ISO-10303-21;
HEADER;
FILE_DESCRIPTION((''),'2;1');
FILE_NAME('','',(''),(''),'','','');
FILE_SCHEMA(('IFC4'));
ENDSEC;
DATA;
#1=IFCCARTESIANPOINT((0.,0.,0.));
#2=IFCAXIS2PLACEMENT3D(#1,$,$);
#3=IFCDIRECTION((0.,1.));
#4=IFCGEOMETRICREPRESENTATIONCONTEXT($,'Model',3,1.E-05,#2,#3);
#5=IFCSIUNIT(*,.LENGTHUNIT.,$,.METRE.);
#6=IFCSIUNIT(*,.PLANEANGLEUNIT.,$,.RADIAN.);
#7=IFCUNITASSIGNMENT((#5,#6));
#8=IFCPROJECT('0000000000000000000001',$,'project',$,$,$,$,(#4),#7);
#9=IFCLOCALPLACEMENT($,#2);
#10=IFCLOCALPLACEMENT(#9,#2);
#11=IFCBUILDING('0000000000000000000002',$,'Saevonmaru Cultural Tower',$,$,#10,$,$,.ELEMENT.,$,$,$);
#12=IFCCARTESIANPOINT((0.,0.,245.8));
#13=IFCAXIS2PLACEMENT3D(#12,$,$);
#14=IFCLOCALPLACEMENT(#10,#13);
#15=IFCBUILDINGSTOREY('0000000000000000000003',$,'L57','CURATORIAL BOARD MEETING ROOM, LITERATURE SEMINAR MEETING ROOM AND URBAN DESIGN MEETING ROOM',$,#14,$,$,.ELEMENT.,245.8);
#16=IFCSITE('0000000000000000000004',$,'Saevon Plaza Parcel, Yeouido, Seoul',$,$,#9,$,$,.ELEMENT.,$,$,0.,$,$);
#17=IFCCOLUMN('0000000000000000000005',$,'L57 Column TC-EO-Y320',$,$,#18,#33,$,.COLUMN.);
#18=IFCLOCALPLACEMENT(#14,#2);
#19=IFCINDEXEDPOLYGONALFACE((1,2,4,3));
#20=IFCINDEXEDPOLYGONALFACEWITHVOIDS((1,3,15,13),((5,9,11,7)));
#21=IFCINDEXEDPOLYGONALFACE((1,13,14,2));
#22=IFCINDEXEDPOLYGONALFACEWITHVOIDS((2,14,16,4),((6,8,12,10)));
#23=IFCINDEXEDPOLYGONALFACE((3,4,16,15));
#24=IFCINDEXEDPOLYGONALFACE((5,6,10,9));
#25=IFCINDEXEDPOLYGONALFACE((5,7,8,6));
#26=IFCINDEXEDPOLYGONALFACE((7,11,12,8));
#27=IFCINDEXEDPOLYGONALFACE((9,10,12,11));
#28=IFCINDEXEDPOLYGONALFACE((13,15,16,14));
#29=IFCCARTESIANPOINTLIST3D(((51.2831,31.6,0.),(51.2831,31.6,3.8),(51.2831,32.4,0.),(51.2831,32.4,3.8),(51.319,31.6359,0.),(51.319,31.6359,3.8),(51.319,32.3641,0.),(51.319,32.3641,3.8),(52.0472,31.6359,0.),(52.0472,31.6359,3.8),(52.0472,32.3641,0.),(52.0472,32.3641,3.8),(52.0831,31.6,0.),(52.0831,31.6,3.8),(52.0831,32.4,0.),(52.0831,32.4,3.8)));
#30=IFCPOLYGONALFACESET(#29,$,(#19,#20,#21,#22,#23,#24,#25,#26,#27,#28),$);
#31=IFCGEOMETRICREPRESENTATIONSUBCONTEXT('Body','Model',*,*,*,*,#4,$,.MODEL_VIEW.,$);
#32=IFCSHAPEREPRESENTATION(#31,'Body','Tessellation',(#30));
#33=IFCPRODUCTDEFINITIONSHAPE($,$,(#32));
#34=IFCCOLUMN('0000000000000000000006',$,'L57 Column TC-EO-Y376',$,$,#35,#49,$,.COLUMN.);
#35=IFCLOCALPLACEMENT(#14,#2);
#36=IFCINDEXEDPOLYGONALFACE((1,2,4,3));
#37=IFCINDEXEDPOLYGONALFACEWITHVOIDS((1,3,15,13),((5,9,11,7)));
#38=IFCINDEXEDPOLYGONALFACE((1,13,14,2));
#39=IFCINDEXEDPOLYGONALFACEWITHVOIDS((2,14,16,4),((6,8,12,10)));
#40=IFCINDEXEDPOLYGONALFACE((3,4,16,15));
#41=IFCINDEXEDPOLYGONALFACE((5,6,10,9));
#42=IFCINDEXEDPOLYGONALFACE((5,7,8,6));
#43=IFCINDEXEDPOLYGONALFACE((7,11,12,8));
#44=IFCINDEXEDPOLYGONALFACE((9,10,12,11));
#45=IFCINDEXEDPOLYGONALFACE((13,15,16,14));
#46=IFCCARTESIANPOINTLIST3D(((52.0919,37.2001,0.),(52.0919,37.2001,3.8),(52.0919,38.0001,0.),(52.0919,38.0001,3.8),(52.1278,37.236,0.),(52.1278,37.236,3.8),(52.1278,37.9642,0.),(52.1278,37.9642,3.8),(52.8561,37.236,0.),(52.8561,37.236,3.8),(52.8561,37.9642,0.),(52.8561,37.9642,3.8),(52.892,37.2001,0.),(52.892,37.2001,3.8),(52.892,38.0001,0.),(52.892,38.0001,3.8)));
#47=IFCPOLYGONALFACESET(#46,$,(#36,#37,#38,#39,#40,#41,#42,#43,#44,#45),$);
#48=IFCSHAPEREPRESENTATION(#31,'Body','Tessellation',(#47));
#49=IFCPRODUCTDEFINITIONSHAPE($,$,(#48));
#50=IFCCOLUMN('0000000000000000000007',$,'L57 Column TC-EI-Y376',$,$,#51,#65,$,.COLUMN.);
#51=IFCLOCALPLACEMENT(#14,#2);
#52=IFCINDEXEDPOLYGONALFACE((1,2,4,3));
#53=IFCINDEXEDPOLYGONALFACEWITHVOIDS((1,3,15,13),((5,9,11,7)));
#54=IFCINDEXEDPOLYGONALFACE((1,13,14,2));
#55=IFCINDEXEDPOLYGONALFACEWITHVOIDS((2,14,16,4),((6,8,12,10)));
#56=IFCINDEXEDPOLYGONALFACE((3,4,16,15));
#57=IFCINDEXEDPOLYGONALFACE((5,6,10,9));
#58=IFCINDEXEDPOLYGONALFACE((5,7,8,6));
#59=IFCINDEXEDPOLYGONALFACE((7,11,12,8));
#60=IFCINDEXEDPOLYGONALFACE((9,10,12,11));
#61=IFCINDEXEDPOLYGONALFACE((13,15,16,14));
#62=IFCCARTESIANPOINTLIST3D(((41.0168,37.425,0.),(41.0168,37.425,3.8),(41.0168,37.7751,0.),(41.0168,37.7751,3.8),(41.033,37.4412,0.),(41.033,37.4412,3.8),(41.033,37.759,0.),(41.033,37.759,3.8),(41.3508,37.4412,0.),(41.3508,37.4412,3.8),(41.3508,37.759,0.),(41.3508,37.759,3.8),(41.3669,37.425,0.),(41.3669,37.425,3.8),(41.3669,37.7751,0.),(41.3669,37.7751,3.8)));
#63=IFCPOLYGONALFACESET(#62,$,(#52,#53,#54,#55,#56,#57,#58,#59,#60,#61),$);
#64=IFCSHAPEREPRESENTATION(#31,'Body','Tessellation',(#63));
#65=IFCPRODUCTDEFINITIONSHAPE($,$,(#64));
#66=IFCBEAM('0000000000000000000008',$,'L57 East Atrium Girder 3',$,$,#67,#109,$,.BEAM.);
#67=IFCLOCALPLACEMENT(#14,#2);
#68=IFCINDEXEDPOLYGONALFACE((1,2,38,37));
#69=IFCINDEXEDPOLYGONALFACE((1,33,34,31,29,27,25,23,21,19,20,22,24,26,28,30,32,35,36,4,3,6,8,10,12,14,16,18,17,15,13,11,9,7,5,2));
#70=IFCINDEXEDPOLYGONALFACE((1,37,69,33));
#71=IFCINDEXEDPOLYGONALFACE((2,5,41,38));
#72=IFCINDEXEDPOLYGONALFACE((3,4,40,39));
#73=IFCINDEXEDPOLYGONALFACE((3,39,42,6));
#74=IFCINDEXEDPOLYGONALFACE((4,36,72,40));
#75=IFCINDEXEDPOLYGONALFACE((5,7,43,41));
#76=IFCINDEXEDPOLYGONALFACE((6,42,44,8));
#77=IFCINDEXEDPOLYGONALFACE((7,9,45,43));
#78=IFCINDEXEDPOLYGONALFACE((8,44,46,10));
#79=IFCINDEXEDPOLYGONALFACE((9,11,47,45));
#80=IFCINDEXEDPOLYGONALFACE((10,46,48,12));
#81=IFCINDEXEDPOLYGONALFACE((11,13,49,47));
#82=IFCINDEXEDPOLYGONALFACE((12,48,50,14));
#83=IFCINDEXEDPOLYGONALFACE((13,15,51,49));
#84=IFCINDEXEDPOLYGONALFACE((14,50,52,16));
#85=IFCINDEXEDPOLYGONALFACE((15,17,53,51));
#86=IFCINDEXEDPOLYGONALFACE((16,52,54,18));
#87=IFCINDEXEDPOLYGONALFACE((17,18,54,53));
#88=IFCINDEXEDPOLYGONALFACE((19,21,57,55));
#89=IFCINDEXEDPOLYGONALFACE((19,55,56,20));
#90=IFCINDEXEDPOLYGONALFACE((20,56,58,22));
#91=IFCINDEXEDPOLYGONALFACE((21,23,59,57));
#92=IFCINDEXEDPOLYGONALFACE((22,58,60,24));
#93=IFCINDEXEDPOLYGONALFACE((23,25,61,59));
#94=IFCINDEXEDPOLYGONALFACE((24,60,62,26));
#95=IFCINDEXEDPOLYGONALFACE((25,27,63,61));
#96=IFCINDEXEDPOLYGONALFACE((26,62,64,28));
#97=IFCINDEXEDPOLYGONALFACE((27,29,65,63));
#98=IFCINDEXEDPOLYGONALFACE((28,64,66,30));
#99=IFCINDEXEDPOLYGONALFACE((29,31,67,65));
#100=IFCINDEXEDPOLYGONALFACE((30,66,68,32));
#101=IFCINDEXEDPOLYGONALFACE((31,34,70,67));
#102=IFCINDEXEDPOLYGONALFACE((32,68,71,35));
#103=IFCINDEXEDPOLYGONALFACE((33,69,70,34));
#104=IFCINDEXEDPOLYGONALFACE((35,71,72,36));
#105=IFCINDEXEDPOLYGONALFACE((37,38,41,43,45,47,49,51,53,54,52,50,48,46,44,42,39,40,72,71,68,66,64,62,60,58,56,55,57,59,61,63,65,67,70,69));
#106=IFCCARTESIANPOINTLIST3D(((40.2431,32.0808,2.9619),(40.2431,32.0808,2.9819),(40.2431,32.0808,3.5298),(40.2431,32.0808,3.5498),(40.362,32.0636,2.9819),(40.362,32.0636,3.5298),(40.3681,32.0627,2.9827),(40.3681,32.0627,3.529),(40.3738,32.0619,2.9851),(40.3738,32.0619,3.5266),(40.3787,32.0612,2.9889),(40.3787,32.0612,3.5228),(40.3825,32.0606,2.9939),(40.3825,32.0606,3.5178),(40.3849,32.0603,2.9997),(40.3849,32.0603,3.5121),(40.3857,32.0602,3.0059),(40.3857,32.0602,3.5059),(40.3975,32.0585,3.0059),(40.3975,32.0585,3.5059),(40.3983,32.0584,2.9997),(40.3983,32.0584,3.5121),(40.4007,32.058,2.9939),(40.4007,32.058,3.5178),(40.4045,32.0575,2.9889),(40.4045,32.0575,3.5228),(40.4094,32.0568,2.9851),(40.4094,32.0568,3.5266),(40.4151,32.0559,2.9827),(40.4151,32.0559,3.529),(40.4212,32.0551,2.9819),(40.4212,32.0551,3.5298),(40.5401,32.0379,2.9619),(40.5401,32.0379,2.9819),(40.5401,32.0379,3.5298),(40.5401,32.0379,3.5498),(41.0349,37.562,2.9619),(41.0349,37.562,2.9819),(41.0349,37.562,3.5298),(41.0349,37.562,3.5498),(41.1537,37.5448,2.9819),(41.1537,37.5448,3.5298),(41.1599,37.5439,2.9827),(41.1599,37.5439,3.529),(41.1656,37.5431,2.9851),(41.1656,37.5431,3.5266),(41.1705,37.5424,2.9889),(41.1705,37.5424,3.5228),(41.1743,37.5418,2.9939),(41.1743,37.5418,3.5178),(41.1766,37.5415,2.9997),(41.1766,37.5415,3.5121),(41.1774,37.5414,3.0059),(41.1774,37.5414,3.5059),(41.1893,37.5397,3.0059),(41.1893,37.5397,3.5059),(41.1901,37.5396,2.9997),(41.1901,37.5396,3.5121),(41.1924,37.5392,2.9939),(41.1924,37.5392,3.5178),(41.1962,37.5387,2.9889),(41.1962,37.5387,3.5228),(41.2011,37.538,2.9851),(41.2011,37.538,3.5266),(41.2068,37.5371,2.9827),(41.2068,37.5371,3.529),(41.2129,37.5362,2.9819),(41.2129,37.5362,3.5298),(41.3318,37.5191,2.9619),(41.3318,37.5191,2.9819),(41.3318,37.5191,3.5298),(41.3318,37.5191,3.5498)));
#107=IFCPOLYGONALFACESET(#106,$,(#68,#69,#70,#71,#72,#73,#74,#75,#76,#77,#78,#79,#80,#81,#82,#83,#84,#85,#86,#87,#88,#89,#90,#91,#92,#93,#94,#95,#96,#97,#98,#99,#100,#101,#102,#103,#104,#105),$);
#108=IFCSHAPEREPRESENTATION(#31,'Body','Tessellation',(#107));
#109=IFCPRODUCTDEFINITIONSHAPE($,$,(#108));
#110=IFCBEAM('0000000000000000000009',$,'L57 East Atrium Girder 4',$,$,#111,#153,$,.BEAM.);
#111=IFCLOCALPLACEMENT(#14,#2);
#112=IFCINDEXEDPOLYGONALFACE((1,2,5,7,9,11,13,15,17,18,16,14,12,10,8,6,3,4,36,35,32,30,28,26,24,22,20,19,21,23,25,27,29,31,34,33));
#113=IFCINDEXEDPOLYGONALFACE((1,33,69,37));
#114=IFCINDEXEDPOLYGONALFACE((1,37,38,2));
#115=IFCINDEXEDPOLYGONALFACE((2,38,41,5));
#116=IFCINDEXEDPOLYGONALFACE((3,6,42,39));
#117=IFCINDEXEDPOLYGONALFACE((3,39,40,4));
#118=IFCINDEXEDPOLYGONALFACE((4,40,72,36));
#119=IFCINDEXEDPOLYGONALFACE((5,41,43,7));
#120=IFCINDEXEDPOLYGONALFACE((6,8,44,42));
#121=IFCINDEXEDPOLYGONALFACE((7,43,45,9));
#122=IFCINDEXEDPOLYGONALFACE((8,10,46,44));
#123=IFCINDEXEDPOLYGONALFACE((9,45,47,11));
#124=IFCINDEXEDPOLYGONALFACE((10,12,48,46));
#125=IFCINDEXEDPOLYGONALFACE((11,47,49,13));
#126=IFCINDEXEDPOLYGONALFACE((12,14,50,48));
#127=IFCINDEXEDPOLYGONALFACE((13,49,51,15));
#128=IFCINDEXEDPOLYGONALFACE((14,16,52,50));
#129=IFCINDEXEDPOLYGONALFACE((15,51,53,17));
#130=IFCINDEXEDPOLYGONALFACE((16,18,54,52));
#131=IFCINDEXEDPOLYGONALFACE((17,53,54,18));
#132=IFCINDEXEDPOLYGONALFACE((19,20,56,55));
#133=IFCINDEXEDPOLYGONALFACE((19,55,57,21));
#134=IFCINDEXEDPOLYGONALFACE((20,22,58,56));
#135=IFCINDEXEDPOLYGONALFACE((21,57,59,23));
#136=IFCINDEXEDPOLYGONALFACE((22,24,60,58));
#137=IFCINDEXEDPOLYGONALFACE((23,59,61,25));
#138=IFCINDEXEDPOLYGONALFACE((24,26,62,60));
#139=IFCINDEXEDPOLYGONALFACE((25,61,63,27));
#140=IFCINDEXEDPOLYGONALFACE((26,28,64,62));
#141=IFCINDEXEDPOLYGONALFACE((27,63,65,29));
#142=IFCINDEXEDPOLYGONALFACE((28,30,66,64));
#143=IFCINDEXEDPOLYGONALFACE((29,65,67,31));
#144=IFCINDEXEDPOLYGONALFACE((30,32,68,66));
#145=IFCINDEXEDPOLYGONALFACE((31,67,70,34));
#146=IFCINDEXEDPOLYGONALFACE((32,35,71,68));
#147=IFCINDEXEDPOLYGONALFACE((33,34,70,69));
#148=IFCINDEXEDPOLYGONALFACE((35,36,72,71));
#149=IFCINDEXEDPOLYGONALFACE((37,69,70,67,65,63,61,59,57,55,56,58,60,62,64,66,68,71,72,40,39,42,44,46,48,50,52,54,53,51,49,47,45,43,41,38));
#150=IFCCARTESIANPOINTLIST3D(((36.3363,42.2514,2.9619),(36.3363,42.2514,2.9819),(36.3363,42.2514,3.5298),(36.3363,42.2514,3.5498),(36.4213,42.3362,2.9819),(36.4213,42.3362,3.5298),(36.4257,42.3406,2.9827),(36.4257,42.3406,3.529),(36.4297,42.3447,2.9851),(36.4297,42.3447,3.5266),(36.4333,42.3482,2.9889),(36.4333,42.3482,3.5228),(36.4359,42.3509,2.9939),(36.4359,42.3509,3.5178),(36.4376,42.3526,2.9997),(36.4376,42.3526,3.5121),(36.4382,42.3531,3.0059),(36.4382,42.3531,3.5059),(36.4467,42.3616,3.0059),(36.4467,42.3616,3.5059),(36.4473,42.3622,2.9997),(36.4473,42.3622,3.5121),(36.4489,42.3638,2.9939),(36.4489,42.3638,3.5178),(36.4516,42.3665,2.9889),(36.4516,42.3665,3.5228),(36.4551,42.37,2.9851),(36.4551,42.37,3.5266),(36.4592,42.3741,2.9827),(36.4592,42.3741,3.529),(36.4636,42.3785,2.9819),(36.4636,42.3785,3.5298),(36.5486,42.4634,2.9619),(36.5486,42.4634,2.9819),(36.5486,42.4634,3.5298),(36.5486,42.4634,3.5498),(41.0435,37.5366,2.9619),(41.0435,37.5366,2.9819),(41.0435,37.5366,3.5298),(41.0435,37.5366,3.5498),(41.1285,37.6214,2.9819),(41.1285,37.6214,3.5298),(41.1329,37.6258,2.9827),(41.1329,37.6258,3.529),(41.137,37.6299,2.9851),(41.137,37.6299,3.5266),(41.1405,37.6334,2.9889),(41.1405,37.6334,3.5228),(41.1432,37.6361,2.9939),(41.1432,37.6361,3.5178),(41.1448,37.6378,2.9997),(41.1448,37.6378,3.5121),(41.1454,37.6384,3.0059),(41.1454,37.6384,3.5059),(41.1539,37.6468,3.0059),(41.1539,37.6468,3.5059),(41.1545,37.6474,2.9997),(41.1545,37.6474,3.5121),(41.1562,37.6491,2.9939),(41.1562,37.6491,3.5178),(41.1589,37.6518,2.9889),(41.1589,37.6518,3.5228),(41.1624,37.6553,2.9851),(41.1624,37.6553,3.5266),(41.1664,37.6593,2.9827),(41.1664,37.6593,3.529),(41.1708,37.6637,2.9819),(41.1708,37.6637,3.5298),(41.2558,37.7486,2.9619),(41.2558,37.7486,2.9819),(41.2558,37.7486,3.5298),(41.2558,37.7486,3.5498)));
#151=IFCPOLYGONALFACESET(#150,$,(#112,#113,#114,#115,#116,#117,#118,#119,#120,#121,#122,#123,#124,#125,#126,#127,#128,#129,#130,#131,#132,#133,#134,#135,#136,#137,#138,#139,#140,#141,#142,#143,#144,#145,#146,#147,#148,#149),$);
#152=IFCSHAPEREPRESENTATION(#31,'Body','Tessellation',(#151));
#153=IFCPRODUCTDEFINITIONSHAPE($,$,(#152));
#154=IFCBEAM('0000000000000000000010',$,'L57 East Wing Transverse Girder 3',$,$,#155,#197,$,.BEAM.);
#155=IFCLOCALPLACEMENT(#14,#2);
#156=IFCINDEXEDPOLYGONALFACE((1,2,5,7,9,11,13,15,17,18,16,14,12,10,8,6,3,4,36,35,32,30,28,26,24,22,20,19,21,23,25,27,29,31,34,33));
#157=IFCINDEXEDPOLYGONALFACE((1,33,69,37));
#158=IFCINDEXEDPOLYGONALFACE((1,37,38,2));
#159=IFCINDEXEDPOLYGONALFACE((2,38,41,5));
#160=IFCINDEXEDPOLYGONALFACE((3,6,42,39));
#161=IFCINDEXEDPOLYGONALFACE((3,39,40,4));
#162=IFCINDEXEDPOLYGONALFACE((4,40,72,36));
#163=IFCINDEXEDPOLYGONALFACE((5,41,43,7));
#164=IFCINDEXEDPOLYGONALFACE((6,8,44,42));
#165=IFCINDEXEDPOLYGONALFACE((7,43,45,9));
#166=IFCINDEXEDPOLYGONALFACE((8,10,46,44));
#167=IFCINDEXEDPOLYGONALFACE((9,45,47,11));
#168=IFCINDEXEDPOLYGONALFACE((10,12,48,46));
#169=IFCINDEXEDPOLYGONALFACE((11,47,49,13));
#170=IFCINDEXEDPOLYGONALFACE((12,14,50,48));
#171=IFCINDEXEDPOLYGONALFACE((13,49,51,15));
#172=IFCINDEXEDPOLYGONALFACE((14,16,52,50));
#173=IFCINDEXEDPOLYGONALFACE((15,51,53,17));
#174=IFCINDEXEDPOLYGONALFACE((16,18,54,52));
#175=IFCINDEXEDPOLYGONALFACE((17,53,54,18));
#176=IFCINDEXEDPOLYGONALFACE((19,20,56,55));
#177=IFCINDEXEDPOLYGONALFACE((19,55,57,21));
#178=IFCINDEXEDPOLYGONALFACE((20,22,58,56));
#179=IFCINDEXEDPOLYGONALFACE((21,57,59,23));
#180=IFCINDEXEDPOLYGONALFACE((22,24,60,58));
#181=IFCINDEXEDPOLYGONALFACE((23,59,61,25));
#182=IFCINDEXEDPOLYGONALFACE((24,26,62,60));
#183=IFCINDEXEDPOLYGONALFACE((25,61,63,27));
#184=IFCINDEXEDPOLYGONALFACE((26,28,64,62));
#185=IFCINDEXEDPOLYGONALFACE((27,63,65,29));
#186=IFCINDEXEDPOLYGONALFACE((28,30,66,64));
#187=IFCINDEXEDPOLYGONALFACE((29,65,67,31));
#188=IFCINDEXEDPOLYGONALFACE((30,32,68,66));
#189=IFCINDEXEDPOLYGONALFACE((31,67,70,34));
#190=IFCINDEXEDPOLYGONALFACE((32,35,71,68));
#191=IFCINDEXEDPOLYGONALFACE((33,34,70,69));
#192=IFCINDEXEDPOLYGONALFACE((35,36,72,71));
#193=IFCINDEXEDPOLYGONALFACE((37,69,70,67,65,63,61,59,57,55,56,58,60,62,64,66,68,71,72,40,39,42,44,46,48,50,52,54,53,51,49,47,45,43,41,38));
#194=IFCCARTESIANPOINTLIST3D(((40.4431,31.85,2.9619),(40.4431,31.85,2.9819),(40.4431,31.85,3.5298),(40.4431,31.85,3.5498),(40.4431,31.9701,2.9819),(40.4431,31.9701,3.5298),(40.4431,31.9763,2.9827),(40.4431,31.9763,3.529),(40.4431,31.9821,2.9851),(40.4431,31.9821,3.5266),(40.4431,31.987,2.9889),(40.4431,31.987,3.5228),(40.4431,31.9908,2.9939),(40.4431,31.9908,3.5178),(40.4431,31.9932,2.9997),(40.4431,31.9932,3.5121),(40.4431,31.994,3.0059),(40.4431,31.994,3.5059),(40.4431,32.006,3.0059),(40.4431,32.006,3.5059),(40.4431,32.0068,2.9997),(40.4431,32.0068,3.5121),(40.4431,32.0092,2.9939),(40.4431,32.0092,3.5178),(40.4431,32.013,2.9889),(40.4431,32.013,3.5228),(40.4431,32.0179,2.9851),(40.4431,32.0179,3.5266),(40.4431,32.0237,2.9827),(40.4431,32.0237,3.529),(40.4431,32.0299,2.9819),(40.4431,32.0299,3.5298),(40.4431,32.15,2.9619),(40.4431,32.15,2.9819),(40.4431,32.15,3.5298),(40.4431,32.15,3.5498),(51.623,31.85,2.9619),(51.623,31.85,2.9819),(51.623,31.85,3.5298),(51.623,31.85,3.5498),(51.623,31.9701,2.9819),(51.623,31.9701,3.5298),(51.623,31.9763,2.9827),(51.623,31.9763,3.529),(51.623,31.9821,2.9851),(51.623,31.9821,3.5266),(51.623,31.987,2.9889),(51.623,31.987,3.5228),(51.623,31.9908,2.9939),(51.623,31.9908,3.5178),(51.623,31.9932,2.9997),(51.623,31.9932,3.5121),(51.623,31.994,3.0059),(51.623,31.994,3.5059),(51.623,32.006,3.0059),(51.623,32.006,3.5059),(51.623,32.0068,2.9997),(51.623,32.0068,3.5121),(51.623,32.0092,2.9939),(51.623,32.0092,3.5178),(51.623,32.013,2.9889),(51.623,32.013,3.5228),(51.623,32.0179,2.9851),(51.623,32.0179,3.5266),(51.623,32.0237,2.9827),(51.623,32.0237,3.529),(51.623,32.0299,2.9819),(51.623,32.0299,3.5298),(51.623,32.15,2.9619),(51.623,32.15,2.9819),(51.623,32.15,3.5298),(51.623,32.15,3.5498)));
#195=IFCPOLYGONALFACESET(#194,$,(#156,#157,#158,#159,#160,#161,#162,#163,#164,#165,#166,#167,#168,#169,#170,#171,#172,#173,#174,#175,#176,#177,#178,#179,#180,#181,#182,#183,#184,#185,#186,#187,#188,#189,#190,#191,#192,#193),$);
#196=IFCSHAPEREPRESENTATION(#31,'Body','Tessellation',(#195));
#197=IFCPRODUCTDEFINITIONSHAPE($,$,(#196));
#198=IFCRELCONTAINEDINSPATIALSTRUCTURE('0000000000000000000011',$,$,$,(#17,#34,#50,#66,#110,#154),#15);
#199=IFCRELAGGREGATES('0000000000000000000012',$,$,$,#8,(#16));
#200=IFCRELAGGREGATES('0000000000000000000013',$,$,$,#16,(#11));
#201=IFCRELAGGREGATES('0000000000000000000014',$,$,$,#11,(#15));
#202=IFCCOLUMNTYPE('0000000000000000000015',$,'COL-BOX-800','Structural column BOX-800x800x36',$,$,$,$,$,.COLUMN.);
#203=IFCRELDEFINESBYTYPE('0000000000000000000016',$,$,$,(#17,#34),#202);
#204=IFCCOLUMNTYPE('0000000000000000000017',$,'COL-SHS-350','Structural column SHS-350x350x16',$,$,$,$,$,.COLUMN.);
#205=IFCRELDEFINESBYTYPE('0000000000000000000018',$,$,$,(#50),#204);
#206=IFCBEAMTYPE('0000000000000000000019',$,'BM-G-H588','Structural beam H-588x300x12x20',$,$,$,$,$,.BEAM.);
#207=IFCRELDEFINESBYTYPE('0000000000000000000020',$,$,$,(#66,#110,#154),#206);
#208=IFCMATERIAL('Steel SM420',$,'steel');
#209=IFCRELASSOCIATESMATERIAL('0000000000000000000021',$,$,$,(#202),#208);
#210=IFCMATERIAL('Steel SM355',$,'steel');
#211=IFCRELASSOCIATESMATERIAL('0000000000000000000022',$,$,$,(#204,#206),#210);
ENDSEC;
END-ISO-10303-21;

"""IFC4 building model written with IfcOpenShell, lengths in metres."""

from ifc_helpers import new_model, si_unit, direction, frame, origin, origin_2d, place, context, subcontext, project, spatial, hollow_rectangle, i_section, extrude, material, material_profile, profile_set, type_object, element, save


model = new_model("IFC4")

# Units and contexts
model_context = context("Model", 3, precision=1e-05, world=origin(), true_north=direction((0.0, 1.0)))
body_context = subcontext(model_context, "Body", "Model", "MODEL_VIEW")
ifc_project = project(units=[si_unit("LENGTHUNIT", "METRE"), si_unit("PLANEANGLEUNIT", "RADIAN")], contexts=[model_context])

# Site, building, storey
site_placement = place(None, origin())
site = spatial("IfcSite", under=ifc_project, at=site_placement, Name="Saevon Plaza Parcel, Yeouido, Seoul", CompositionType="ELEMENT", RefElevation=0.0)
building_placement = place(site_placement, origin())
building = spatial("IfcBuilding", under=site, at=building_placement, Name="Saevonmaru Cultural Tower", CompositionType="ELEMENT")
storey_placement = place(building_placement, frame((0.0, 0.0, 245.8)))
storey = spatial("IfcBuildingStorey", under=building, at=storey_placement, Name="L57", Description="CURATORIAL BOARD MEETING ROOM, LITERATURE SEMINAR MEETING ROOM AND URBAN DESIGN MEETING ROOM", CompositionType="ELEMENT", Elevation=245.8)

# Columns
ifc_material_1 = material(Name="Steel SM420", Category="steel")
ifc_material_profile_1 = material_profile(ifc_material_1, hollow_rectangle(XDim=0.8, YDim=0.8, WallThickness=0.0359, at=origin_2d()), Name="BOX-800x800x36")
ifc_profile_set_1 = profile_set([ifc_material_profile_1], Name="Steel SM420")
column_type_1 = type_object("IfcColumnType", Name="COL-BOX-800", Description="Structural column BOX-800x800x36", PredefinedType="COLUMN", material=ifc_profile_set_1)
for number, where, z_axis, x_axis, name in (
    (1, (51.6831, 32.0, 0.0), (0.0, 0.0, 1.0), (1.0, 0.0, 0.0), "L57 Column TC-EO-Y320"),
    (2, (52.4919, 37.6001, 0.0), (0.0, 0.0, 1.0), (1.0, 0.0, 0.0), "L57 Column TC-EO-Y376"),
):
    element("IfcColumn", number, at=place(storey_placement, frame(where, z_axis=z_axis, x_axis=x_axis)), inside=storey, type_object=column_type_1, Name=name, PredefinedType="COLUMN", context=body_context, shape_type="SweptSolid", body=[
        extrude(hollow_rectangle(XDim=0.8, YDim=0.8, WallThickness=0.0359, at=origin_2d()), origin(), (0.0, 0.0, 1.0), 3.8),
    ])
ifc_material_2 = material(Name="Steel SM355", Category="steel")
ifc_material_profile_2 = material_profile(ifc_material_2, hollow_rectangle(XDim=0.3501, YDim=0.3501, WallThickness=0.0161, at=origin_2d()), Name="SHS-350x350x16")
ifc_profile_set_2 = profile_set([ifc_material_profile_2], Name="Steel SM355")
column_type_2 = type_object("IfcColumnType", Name="COL-SHS-350", Description="Structural column SHS-350x350x16", PredefinedType="COLUMN", material=ifc_profile_set_2)
column_placement = place(storey_placement, frame((41.1919, 37.6001, 0.0), z_axis=(0.0, 0.0, 1.0), x_axis=(1.0, 0.0, 0.0)))
element("IfcColumn", 3, at=column_placement, inside=storey, type_object=column_type_2, Name="L57 Column TC-EI-Y376", PredefinedType="COLUMN", context=body_context, shape_type="SweptSolid", body=[
    extrude(hollow_rectangle(XDim=0.3501, YDim=0.3501, WallThickness=0.0161, at=origin_2d()), origin(), (0.0, 0.0, 1.0), 3.8),
])

# Beams
ifc_material_profile_3 = material_profile(ifc_material_2, i_section(OverallWidth=0.3, OverallDepth=0.5879, WebThickness=0.012, FlangeThickness=0.02, FilletRadius=0.0239, at=origin_2d()), Name="H-588x300x12x20")
ifc_profile_set_3 = profile_set([ifc_material_profile_3], Name="Steel SM355")
beam_type_1 = type_object("IfcBeamType", Name="BM-G-H588", Description="Structural beam H-588x300x12x20", PredefinedType="BEAM", material=ifc_profile_set_3)
beam_1_placement = place(storey_placement, frame((40.3916, 32.0593, 3.2559), z_axis=(0.142964, 0.989728, 0.0), x_axis=(-0.989728, 0.142964, 0.0)))
element("IfcBeam", 4, at=beam_1_placement, inside=storey, type_object=beam_type_1, Name="L57 East Atrium Girder 3", PredefinedType="BEAM", context=body_context, shape_type="SweptSolid", body=[
    extrude(i_section(OverallWidth=0.3, OverallDepth=0.5879, WebThickness=0.012, FlangeThickness=0.02, FilletRadius=0.0239, at=origin_2d()), origin(), (0.0, 0.0, 1.0), 5.5381),
])
beam_2_placement = place(storey_placement, frame((41.1497, 37.6426, 3.2559), z_axis=(-0.706539, 0.707675, 0.0), x_axis=(-0.707675, -0.706539, 0.0)))
element("IfcBeam", 5, at=beam_2_placement, inside=storey, type_object=beam_type_1, Name="L57 East Atrium Girder 4", PredefinedType="BEAM", context=body_context, shape_type="SweptSolid", body=[
    extrude(i_section(OverallWidth=0.3, OverallDepth=0.5879, WebThickness=0.012, FlangeThickness=0.02, FilletRadius=0.0239, at=origin_2d()), origin(), (0.0, 0.0, 1.0), 6.6624),
])
for number, where, z_axis, x_axis, name in (
    (6, (40.4431, 32.0, 3.2559), (1.0, 0.0, 0.0), (0.0, 1.0, 0.0), "L57 East Wing Transverse Girder 3"),
):
    element("IfcBeam", number, at=place(storey_placement, frame(where, z_axis=z_axis, x_axis=x_axis)), inside=storey, type_object=beam_type_1, Name=name, PredefinedType="BEAM", context=body_context, shape_type="SweptSolid", body=[
        extrude(i_section(OverallWidth=0.3, OverallDepth=0.5879, WebThickness=0.012, FlangeThickness=0.02, FilletRadius=0.0239, at=origin_2d()), origin(), (0.0, 0.0, 1.0), 11.1799),
    ])

save(model, "model.ifc")
